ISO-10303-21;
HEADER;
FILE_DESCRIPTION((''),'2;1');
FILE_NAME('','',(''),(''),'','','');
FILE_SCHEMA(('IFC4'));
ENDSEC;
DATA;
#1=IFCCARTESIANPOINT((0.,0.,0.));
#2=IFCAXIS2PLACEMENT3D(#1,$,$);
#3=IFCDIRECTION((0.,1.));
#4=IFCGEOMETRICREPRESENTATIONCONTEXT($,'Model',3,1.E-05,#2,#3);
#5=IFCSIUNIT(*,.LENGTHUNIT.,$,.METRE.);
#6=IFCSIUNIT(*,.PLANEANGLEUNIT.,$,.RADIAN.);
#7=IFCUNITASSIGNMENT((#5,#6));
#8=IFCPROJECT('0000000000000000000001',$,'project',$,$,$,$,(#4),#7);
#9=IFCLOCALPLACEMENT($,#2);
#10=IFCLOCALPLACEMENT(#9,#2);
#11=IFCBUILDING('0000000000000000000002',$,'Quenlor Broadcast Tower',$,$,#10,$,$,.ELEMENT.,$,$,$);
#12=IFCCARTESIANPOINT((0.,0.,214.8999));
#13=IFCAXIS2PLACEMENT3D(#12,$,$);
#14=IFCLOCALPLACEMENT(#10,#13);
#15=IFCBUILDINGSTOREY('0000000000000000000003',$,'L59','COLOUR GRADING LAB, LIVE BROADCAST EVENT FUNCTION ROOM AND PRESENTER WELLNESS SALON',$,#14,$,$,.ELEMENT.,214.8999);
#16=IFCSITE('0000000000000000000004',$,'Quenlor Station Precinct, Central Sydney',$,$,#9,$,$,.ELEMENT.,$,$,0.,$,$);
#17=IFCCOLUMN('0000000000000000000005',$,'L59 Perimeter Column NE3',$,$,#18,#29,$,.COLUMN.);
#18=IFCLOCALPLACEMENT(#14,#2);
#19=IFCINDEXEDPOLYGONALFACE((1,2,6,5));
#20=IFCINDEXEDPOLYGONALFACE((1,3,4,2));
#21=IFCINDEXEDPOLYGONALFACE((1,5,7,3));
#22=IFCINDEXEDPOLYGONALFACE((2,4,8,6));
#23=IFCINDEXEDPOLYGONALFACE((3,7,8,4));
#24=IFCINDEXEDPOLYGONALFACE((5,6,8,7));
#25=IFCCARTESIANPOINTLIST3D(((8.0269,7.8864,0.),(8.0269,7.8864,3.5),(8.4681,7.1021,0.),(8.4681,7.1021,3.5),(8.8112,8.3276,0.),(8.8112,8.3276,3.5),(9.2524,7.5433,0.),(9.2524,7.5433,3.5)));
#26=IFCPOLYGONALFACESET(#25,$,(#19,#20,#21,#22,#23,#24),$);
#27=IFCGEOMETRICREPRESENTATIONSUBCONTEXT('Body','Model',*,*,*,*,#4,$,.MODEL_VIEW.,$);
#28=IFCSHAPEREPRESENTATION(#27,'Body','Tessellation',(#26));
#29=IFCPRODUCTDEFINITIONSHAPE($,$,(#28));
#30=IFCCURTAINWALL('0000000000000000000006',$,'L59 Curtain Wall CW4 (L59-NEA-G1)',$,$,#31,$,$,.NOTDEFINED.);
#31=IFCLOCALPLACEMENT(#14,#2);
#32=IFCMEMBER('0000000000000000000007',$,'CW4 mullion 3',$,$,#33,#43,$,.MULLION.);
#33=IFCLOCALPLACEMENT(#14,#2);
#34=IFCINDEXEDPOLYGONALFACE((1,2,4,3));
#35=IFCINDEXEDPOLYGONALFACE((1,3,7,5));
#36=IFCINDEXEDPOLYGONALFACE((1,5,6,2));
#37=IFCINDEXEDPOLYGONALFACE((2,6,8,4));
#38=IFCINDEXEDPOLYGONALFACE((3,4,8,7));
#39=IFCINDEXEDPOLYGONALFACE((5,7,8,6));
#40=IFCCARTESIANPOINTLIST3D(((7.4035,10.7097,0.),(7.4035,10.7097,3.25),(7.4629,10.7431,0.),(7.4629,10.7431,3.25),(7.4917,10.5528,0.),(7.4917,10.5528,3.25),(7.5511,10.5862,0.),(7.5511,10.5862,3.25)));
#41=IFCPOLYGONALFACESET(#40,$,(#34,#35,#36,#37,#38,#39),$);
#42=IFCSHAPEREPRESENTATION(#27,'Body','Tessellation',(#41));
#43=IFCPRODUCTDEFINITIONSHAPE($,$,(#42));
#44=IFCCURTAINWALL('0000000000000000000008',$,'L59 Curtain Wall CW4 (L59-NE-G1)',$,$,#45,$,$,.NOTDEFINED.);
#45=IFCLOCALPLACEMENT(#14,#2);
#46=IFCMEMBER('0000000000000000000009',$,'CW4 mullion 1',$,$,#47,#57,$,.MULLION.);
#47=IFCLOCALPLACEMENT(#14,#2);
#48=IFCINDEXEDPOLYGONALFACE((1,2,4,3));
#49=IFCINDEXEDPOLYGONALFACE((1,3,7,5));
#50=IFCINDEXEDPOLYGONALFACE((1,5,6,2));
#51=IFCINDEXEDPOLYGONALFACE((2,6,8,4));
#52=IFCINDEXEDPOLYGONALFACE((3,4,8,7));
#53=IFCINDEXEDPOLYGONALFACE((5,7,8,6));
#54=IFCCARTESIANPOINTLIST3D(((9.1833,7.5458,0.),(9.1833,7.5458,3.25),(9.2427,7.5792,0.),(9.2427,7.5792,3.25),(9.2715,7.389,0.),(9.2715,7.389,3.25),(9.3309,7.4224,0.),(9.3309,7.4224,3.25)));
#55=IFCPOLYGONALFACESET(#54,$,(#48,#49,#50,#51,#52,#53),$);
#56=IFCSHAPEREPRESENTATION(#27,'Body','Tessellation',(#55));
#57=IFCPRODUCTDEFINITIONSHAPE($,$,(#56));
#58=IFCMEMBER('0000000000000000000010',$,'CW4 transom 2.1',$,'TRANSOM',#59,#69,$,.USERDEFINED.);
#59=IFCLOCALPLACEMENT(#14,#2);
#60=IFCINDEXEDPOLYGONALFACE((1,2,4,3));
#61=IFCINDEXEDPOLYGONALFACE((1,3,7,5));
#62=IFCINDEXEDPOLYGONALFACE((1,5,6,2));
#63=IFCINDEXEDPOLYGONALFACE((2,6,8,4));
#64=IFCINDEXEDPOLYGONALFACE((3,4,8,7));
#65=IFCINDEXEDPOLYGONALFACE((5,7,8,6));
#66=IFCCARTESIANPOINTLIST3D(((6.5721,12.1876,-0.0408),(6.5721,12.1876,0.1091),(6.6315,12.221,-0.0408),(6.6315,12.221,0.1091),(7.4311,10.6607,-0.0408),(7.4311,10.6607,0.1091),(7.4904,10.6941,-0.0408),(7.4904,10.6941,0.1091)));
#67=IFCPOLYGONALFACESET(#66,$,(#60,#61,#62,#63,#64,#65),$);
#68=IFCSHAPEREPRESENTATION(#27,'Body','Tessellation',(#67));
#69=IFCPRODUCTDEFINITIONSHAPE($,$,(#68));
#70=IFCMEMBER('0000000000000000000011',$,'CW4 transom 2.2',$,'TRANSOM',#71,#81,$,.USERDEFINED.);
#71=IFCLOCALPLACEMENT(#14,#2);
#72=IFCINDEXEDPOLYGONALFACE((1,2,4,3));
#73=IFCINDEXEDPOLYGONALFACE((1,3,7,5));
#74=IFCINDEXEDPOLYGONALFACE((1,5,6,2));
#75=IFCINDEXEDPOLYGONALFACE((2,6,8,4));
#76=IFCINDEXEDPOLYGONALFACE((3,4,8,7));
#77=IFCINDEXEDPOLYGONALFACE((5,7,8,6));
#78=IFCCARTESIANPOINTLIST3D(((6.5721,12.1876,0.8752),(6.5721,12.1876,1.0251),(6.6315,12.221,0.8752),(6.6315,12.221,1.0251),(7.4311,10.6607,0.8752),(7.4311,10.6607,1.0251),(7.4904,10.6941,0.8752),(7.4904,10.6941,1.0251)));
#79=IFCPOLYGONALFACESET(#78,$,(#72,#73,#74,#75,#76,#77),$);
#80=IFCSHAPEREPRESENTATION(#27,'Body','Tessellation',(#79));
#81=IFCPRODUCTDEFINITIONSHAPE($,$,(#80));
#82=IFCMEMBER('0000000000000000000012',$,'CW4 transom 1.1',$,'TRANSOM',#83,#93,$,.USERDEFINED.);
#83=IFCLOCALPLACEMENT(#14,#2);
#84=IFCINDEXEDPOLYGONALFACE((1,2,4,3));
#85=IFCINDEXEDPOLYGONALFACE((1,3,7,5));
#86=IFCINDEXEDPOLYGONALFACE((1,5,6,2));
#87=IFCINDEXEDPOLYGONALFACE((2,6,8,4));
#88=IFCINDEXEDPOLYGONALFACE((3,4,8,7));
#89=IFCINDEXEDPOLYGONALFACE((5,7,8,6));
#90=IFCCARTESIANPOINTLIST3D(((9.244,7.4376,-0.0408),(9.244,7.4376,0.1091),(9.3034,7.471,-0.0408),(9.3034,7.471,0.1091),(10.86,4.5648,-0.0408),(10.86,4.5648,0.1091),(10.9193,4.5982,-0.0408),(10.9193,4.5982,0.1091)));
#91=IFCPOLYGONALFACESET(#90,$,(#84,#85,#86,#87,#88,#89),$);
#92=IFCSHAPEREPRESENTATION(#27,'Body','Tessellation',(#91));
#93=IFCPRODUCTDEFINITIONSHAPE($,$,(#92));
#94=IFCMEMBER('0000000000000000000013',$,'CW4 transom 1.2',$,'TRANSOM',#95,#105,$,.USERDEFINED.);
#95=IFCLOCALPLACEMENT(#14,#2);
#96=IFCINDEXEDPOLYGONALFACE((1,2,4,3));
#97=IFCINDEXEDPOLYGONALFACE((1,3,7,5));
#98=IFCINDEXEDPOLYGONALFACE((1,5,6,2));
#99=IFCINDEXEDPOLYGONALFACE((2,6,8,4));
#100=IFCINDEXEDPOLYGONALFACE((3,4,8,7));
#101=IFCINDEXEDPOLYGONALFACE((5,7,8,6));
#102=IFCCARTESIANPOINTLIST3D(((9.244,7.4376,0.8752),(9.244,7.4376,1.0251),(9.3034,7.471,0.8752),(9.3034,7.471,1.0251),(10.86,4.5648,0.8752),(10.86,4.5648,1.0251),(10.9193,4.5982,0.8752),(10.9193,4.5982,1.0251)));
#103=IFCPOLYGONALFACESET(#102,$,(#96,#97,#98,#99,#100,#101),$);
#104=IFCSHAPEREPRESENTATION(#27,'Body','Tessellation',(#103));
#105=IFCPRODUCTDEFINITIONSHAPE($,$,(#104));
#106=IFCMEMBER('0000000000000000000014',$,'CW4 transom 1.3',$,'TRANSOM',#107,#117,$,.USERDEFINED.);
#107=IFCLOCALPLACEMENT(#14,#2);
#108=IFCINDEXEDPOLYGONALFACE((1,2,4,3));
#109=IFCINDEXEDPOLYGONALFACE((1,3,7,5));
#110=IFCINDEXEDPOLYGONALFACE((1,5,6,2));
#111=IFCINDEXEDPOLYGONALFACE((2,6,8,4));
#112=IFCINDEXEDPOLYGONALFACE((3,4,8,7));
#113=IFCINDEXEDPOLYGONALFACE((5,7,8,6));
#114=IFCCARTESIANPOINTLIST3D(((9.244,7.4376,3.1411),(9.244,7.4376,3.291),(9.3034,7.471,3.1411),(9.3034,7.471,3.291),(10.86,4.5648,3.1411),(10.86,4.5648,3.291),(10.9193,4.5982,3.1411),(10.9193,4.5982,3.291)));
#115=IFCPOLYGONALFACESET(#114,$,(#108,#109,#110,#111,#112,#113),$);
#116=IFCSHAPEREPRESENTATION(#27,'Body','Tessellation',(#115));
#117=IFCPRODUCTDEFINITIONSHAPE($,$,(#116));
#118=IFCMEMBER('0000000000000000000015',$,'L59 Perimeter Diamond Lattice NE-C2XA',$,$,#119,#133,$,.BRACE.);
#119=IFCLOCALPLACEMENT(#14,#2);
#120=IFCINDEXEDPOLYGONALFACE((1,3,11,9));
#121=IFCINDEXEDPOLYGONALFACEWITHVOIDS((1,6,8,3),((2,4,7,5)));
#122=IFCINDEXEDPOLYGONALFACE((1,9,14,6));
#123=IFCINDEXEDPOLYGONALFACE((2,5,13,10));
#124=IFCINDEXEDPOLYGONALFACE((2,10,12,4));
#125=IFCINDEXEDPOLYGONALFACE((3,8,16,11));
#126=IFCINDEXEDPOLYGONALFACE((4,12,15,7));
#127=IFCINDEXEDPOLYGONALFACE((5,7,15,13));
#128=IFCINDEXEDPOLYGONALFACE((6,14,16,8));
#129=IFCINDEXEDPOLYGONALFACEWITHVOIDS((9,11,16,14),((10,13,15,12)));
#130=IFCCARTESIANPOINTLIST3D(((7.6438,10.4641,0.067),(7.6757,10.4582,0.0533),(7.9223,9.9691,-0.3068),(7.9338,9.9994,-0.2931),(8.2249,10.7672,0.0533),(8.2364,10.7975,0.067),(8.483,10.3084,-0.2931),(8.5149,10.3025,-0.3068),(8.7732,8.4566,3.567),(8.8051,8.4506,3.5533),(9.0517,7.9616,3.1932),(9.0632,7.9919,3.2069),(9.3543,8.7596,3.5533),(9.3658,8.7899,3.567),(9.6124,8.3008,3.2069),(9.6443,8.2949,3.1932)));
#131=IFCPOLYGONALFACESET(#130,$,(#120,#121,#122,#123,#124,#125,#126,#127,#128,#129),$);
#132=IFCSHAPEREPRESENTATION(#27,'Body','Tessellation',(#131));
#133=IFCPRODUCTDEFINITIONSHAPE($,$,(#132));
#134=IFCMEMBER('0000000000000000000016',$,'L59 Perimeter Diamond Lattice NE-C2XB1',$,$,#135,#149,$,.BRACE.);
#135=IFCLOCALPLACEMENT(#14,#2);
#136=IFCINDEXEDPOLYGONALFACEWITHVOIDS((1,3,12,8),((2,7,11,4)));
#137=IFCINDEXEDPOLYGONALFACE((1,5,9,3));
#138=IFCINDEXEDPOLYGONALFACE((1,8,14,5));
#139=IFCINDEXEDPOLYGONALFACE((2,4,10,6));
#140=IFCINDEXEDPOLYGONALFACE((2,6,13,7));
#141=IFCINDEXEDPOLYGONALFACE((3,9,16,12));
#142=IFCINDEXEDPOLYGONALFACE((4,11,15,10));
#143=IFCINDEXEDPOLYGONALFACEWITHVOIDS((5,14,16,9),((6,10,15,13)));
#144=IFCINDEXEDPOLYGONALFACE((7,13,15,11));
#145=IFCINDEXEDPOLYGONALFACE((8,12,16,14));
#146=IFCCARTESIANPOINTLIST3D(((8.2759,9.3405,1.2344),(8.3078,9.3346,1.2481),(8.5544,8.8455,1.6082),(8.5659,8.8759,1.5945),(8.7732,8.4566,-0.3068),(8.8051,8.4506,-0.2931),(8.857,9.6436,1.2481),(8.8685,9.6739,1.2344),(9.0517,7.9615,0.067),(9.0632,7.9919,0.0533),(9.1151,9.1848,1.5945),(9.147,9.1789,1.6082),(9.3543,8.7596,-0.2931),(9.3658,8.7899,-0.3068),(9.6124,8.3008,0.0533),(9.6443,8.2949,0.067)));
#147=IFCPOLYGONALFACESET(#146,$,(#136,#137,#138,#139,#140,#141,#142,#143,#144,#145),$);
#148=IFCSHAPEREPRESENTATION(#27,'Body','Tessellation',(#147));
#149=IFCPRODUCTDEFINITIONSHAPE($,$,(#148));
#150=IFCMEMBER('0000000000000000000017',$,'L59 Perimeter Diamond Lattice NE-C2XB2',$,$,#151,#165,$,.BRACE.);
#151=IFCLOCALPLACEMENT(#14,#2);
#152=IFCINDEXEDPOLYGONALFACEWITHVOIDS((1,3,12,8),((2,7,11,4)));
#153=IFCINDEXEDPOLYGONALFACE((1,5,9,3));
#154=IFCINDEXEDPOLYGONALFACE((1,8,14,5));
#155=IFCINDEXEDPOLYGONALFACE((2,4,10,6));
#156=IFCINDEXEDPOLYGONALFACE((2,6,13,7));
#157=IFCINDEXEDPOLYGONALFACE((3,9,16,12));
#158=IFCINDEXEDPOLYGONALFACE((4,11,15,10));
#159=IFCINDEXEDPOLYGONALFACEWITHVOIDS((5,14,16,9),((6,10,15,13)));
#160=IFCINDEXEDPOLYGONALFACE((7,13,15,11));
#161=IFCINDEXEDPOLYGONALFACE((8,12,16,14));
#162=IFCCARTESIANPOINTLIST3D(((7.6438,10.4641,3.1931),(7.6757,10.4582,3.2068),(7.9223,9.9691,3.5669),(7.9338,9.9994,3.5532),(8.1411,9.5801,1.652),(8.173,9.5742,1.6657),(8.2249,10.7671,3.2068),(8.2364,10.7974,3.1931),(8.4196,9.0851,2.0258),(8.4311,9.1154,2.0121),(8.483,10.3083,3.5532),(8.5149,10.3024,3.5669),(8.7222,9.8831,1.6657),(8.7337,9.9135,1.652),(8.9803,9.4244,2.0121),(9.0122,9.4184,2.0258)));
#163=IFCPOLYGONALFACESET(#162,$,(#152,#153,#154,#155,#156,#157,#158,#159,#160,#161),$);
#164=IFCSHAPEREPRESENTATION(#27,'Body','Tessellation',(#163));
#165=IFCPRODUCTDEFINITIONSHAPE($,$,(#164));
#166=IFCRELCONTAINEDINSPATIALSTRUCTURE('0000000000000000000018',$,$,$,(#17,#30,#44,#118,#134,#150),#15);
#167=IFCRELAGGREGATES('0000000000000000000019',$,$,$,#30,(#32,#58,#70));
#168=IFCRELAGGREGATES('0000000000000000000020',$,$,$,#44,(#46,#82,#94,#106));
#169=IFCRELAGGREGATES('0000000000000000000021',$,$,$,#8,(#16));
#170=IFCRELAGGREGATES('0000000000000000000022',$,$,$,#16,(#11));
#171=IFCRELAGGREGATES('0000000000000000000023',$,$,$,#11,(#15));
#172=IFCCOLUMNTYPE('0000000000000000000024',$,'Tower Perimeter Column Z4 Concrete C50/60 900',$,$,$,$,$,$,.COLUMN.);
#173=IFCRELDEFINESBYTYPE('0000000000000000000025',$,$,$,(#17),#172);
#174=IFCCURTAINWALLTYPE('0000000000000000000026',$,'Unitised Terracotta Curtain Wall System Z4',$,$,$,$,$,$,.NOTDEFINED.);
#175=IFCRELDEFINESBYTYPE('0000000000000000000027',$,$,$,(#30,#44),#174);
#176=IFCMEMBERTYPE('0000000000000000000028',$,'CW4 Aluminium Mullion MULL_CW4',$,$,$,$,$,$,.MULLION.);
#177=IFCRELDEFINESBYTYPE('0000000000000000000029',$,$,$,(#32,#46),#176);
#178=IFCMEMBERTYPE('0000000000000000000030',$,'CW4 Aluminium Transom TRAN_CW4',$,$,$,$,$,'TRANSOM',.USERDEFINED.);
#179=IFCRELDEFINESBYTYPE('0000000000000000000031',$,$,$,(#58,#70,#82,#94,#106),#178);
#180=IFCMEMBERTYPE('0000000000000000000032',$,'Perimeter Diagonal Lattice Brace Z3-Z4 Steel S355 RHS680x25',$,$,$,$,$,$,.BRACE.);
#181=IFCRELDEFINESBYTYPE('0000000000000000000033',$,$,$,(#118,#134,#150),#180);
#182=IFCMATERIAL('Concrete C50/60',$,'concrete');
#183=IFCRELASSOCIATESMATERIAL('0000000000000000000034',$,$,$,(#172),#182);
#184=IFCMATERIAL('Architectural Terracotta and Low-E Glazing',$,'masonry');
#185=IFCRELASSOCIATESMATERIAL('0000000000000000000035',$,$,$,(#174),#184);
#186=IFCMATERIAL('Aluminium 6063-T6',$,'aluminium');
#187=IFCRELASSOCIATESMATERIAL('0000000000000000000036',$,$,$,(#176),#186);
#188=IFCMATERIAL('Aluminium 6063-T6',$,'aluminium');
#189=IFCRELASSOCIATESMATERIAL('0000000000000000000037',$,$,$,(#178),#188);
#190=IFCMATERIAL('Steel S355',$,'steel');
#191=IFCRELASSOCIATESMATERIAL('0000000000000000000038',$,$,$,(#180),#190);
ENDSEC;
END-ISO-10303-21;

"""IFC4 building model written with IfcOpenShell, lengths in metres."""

from ifc_helpers import new_model, si_unit, direction, frame, origin, origin_2d, place, context, subcontext, project, spatial, rectangle, hollow_rectangle, extrude, material, material_profile, profile_set, type_object, element, aggregate, save


model = new_model("IFC4")

# Units and contexts
model_context = context("Model", 3, precision=1e-05, world=origin(), true_north=direction((0.0, 1.0)))
body_context = subcontext(model_context, "Body", "Model", "MODEL_VIEW")
ifc_project = project(units=[si_unit("LENGTHUNIT", "METRE"), si_unit("PLANEANGLEUNIT", "RADIAN")], contexts=[model_context])

# Site, building, storey
site_placement = place(None, origin())
site = spatial("IfcSite", under=ifc_project, at=site_placement, Name="Quenlor Station Precinct, Central Sydney", CompositionType="ELEMENT", RefElevation=0.0)
building_placement = place(site_placement, origin())
building = spatial("IfcBuilding", under=site, at=building_placement, Name="Quenlor Broadcast Tower", CompositionType="ELEMENT")
storey_placement = place(building_placement, frame((0.0, 0.0, 214.8999)))
storey = spatial("IfcBuildingStorey", under=building, at=storey_placement, Name="L59", Description="COLOUR GRADING LAB, LIVE BROADCAST EVENT FUNCTION ROOM AND PRESENTER WELLNESS SALON", CompositionType="ELEMENT", Elevation=214.8999)

# Column
ifc_material_1 = material(Name="Concrete C50/60", Category="concrete")
ifc_material_profile_1 = material_profile(ifc_material_1, rectangle(XDim=0.8999, YDim=0.8999, at=origin_2d()))
ifc_profile_set_1 = profile_set([ifc_material_profile_1], Name="Concrete C50/60 RC900x900")
column_type = type_object("IfcColumnType", Name="Tower Perimeter Column Z4 Concrete C50/60 900", PredefinedType="COLUMN", material=ifc_profile_set_1)
column_placement = place(storey_placement, frame((8.6396, 7.7148, 0.0), z_axis=(0.0, 0.0, 1.0), x_axis=(0.871575, 0.490262, 0.0)))
element("IfcColumn", 1, at=column_placement, inside=storey, type_object=column_type, Name="L59 Perimeter Column NE3", PredefinedType="COLUMN", context=body_context, shape_type="SweptSolid", body=[
    extrude(rectangle(XDim=0.8999, YDim=0.8999, at=origin_2d()), origin(), (0.0, 0.0, 1.0), 3.5),
])

# Curtain walls, members
ifc_material_2 = material(Name="Architectural Terracotta and Low-E Glazing", Category="masonry")
curtain_wall_type = type_object("IfcCurtainWallType", Name="Unitised Terracotta Curtain Wall System Z4", PredefinedType="NOTDEFINED", material=ifc_material_2)
curtain_wall_1_placement = place(storey_placement, origin())
curtain_wall_1 = element("IfcCurtainWall", 2, at=curtain_wall_1_placement, inside=storey, type_object=curtain_wall_type, Name="L59 Curtain Wall CW4 (L59-NEA-G1)", PredefinedType="NOTDEFINED")
ifc_material_3 = material(Name="Aluminium 6063-T6", Category="aluminium")
ifc_material_profile_2 = material_profile(ifc_material_3, rectangle(XDim=0.0681, YDim=0.1799, at=origin_2d()))
ifc_profile_set_2 = profile_set([ifc_material_profile_2], Name="Aluminium 6063-T6 MULL68x180")
member_type_1 = type_object("IfcMemberType", Name="CW4 Aluminium Mullion MULL_CW4", PredefinedType="MULLION", material=ifc_profile_set_2)
member_1_placement = place(storey_placement, frame((7.4773, 10.6479, 0.0), z_axis=(0.0, 0.0, 1.0), x_axis=(0.871576, 0.49026, 0.0)))
member_1 = element("IfcMember", 3, at=member_1_placement, type_object=member_type_1, Name="CW4 mullion 3", PredefinedType="MULLION", context=body_context, shape_type="SweptSolid", body=[
    extrude(rectangle(XDim=0.0681, YDim=0.1799, at=origin_2d()), origin(), (0.0, 0.0, 1.0), 3.25),
])
curtain_wall_2_placement = place(storey_placement, origin())
curtain_wall_2 = element("IfcCurtainWall", 4, at=curtain_wall_2_placement, inside=storey, type_object=curtain_wall_type, Name="L59 Curtain Wall CW4 (L59-NE-G1)", PredefinedType="NOTDEFINED")
member_2_placement = place(storey_placement, frame((9.2571, 7.4841, 0.0), z_axis=(0.0, 0.0, 1.0), x_axis=(0.871578, 0.490257, 0.0)))
member_2 = element("IfcMember", 5, at=member_2_placement, type_object=member_type_1, Name="CW4 mullion 1", PredefinedType="MULLION", context=body_context, shape_type="SweptSolid", body=[
    extrude(rectangle(XDim=0.0681, YDim=0.1799, at=origin_2d()), origin(), (0.0, 0.0, 1.0), 3.25),
])

# Members
ifc_material_4 = material(Name="Aluminium 6063-T6", Category="aluminium")
ifc_material_profile_3 = material_profile(ifc_material_4, rectangle(XDim=0.0681, YDim=0.1499, at=origin_2d()))
ifc_profile_set_3 = profile_set([ifc_material_profile_3], Name="Aluminium 6063-T6 TRAN68x150")
member_type_2 = type_object("IfcMemberType", Name="CW4 Aluminium Transom TRAN_CW4", ElementType="TRANSOM", PredefinedType="USERDEFINED", material=ifc_profile_set_3)
member_3_placement = place(storey_placement, frame((6.6018, 12.2043, 0.0342), z_axis=(0.490274, -0.871568, 0.0), x_axis=(0.871568, 0.490274, 0.0)))
member_3 = element("IfcMember", 6, at=member_3_placement, type_object=member_type_2, Name="CW4 transom 2.1", ObjectType="TRANSOM", PredefinedType="USERDEFINED", context=body_context, shape_type="SweptSolid", body=[
    extrude(rectangle(XDim=0.0681, YDim=0.1499, at=origin_2d()), origin(), (0.0, 0.0, 1.0), 1.752),
])
member_4_placement = place(storey_placement, frame((6.6018, 12.2043, 0.9502), z_axis=(0.490274, -0.871568, 0.0), x_axis=(0.871568, 0.490274, 0.0)))
member_4 = element("IfcMember", 7, at=member_4_placement, type_object=member_type_2, Name="CW4 transom 2.2", ObjectType="TRANSOM", PredefinedType="USERDEFINED", context=body_context, shape_type="SweptSolid", body=[
    extrude(rectangle(XDim=0.0681, YDim=0.1499, at=origin_2d()), origin(), (0.0, 0.0, 1.0), 1.752),
])
member_5_placement = place(storey_placement, frame((9.2737, 7.4543, 0.0342), z_axis=(0.490265, -0.871574, 0.0), x_axis=(0.871574, 0.490265, 0.0)))
member_5 = element("IfcMember", 8, at=member_5_placement, type_object=member_type_2, Name="CW4 transom 1.1", ObjectType="TRANSOM", PredefinedType="USERDEFINED", context=body_context, shape_type="SweptSolid", body=[
    extrude(rectangle(XDim=0.0681, YDim=0.1499, at=origin_2d()), origin(), (0.0, 0.0, 1.0), 3.2961),
])
member_6_placement = place(storey_placement, frame((9.2737, 7.4543, 0.9502), z_axis=(0.490265, -0.871574, 0.0), x_axis=(0.871574, 0.490265, 0.0)))
member_6 = element("IfcMember", 9, at=member_6_placement, type_object=member_type_2, Name="CW4 transom 1.2", ObjectType="TRANSOM", PredefinedType="USERDEFINED", context=body_context, shape_type="SweptSolid", body=[
    extrude(rectangle(XDim=0.0681, YDim=0.1499, at=origin_2d()), origin(), (0.0, 0.0, 1.0), 3.2961),
])
member_7_placement = place(storey_placement, frame((9.2737, 7.4543, 3.2161), z_axis=(0.490265, -0.871574, 0.0), x_axis=(0.871574, 0.490265, 0.0)))
member_7 = element("IfcMember", 10, at=member_7_placement, type_object=member_type_2, Name="CW4 transom 1.3", ObjectType="TRANSOM", PredefinedType="USERDEFINED", context=body_context, shape_type="SweptSolid", body=[
    extrude(rectangle(XDim=0.0681, YDim=0.1499, at=origin_2d()), origin(), (0.0, 0.0, 1.0), 3.2961),
])

# Members
ifc_material_5 = material(Name="Steel S355", Category="steel")
ifc_material_profile_4 = material_profile(ifc_material_5, hollow_rectangle(XDim=0.6799, YDim=0.6799, WallThickness=0.0249, at=origin_2d()))
ifc_profile_set_4 = profile_set([ifc_material_profile_4], Name="Steel S355 RHS680x680x25")
member_type_3 = type_object("IfcMemberType", Name="Perimeter Diagonal Lattice Brace Z3-Z4 Steel S355 RHS680x25", PredefinedType="BRACE", material=ifc_profile_set_4)
member_8_placement = place(storey_placement, frame((8.0793, 10.3833, -0.1199), z_axis=(0.269547, -0.479136, 0.835328), x_axis=(0.87155, 0.490307, 0.0)))
element("IfcMember", 11, at=member_8_placement, inside=storey, type_object=member_type_3, Name="L59 Perimeter Diamond Lattice NE-C2XA", PredefinedType="BRACE", context=body_context, shape_type="SweptSolid", body=[
    extrude(hollow_rectangle(XDim=0.6799, YDim=0.6799, WallThickness=0.0249, at=origin_2d()), origin(), (0.0, 0.0, 1.0), 4.1899),
])
for number, where, z_axis, x_axis, name in (
    (12, (9.2087, 8.3757, -0.1199), (-0.269536, 0.47913, 0.835335), (-0.871556, -0.490296, 0.0), "L59 Perimeter Diamond Lattice NE-C2XB1"),
    (13, (8.5767, 9.4993, 1.8389), (-0.269536, 0.47913, 0.835335), (-0.871556, -0.490296, 0.0), "L59 Perimeter Diamond Lattice NE-C2XB2"),
):
    element("IfcMember", number, at=place(storey_placement, frame(where, z_axis=z_axis, x_axis=x_axis)), inside=storey, type_object=member_type_3, Name=name, PredefinedType="BRACE", context=body_context, shape_type="SweptSolid", body=[
        extrude(hollow_rectangle(XDim=0.6799, YDim=0.6799, WallThickness=0.0249, at=origin_2d()), origin(), (0.0, 0.0, 1.0), 1.845),
    ])

aggregate(curtain_wall_1, [member_1, member_3, member_4])
aggregate(curtain_wall_2, [member_2, member_5, member_6, member_7])

save(model, "model.ifc")
